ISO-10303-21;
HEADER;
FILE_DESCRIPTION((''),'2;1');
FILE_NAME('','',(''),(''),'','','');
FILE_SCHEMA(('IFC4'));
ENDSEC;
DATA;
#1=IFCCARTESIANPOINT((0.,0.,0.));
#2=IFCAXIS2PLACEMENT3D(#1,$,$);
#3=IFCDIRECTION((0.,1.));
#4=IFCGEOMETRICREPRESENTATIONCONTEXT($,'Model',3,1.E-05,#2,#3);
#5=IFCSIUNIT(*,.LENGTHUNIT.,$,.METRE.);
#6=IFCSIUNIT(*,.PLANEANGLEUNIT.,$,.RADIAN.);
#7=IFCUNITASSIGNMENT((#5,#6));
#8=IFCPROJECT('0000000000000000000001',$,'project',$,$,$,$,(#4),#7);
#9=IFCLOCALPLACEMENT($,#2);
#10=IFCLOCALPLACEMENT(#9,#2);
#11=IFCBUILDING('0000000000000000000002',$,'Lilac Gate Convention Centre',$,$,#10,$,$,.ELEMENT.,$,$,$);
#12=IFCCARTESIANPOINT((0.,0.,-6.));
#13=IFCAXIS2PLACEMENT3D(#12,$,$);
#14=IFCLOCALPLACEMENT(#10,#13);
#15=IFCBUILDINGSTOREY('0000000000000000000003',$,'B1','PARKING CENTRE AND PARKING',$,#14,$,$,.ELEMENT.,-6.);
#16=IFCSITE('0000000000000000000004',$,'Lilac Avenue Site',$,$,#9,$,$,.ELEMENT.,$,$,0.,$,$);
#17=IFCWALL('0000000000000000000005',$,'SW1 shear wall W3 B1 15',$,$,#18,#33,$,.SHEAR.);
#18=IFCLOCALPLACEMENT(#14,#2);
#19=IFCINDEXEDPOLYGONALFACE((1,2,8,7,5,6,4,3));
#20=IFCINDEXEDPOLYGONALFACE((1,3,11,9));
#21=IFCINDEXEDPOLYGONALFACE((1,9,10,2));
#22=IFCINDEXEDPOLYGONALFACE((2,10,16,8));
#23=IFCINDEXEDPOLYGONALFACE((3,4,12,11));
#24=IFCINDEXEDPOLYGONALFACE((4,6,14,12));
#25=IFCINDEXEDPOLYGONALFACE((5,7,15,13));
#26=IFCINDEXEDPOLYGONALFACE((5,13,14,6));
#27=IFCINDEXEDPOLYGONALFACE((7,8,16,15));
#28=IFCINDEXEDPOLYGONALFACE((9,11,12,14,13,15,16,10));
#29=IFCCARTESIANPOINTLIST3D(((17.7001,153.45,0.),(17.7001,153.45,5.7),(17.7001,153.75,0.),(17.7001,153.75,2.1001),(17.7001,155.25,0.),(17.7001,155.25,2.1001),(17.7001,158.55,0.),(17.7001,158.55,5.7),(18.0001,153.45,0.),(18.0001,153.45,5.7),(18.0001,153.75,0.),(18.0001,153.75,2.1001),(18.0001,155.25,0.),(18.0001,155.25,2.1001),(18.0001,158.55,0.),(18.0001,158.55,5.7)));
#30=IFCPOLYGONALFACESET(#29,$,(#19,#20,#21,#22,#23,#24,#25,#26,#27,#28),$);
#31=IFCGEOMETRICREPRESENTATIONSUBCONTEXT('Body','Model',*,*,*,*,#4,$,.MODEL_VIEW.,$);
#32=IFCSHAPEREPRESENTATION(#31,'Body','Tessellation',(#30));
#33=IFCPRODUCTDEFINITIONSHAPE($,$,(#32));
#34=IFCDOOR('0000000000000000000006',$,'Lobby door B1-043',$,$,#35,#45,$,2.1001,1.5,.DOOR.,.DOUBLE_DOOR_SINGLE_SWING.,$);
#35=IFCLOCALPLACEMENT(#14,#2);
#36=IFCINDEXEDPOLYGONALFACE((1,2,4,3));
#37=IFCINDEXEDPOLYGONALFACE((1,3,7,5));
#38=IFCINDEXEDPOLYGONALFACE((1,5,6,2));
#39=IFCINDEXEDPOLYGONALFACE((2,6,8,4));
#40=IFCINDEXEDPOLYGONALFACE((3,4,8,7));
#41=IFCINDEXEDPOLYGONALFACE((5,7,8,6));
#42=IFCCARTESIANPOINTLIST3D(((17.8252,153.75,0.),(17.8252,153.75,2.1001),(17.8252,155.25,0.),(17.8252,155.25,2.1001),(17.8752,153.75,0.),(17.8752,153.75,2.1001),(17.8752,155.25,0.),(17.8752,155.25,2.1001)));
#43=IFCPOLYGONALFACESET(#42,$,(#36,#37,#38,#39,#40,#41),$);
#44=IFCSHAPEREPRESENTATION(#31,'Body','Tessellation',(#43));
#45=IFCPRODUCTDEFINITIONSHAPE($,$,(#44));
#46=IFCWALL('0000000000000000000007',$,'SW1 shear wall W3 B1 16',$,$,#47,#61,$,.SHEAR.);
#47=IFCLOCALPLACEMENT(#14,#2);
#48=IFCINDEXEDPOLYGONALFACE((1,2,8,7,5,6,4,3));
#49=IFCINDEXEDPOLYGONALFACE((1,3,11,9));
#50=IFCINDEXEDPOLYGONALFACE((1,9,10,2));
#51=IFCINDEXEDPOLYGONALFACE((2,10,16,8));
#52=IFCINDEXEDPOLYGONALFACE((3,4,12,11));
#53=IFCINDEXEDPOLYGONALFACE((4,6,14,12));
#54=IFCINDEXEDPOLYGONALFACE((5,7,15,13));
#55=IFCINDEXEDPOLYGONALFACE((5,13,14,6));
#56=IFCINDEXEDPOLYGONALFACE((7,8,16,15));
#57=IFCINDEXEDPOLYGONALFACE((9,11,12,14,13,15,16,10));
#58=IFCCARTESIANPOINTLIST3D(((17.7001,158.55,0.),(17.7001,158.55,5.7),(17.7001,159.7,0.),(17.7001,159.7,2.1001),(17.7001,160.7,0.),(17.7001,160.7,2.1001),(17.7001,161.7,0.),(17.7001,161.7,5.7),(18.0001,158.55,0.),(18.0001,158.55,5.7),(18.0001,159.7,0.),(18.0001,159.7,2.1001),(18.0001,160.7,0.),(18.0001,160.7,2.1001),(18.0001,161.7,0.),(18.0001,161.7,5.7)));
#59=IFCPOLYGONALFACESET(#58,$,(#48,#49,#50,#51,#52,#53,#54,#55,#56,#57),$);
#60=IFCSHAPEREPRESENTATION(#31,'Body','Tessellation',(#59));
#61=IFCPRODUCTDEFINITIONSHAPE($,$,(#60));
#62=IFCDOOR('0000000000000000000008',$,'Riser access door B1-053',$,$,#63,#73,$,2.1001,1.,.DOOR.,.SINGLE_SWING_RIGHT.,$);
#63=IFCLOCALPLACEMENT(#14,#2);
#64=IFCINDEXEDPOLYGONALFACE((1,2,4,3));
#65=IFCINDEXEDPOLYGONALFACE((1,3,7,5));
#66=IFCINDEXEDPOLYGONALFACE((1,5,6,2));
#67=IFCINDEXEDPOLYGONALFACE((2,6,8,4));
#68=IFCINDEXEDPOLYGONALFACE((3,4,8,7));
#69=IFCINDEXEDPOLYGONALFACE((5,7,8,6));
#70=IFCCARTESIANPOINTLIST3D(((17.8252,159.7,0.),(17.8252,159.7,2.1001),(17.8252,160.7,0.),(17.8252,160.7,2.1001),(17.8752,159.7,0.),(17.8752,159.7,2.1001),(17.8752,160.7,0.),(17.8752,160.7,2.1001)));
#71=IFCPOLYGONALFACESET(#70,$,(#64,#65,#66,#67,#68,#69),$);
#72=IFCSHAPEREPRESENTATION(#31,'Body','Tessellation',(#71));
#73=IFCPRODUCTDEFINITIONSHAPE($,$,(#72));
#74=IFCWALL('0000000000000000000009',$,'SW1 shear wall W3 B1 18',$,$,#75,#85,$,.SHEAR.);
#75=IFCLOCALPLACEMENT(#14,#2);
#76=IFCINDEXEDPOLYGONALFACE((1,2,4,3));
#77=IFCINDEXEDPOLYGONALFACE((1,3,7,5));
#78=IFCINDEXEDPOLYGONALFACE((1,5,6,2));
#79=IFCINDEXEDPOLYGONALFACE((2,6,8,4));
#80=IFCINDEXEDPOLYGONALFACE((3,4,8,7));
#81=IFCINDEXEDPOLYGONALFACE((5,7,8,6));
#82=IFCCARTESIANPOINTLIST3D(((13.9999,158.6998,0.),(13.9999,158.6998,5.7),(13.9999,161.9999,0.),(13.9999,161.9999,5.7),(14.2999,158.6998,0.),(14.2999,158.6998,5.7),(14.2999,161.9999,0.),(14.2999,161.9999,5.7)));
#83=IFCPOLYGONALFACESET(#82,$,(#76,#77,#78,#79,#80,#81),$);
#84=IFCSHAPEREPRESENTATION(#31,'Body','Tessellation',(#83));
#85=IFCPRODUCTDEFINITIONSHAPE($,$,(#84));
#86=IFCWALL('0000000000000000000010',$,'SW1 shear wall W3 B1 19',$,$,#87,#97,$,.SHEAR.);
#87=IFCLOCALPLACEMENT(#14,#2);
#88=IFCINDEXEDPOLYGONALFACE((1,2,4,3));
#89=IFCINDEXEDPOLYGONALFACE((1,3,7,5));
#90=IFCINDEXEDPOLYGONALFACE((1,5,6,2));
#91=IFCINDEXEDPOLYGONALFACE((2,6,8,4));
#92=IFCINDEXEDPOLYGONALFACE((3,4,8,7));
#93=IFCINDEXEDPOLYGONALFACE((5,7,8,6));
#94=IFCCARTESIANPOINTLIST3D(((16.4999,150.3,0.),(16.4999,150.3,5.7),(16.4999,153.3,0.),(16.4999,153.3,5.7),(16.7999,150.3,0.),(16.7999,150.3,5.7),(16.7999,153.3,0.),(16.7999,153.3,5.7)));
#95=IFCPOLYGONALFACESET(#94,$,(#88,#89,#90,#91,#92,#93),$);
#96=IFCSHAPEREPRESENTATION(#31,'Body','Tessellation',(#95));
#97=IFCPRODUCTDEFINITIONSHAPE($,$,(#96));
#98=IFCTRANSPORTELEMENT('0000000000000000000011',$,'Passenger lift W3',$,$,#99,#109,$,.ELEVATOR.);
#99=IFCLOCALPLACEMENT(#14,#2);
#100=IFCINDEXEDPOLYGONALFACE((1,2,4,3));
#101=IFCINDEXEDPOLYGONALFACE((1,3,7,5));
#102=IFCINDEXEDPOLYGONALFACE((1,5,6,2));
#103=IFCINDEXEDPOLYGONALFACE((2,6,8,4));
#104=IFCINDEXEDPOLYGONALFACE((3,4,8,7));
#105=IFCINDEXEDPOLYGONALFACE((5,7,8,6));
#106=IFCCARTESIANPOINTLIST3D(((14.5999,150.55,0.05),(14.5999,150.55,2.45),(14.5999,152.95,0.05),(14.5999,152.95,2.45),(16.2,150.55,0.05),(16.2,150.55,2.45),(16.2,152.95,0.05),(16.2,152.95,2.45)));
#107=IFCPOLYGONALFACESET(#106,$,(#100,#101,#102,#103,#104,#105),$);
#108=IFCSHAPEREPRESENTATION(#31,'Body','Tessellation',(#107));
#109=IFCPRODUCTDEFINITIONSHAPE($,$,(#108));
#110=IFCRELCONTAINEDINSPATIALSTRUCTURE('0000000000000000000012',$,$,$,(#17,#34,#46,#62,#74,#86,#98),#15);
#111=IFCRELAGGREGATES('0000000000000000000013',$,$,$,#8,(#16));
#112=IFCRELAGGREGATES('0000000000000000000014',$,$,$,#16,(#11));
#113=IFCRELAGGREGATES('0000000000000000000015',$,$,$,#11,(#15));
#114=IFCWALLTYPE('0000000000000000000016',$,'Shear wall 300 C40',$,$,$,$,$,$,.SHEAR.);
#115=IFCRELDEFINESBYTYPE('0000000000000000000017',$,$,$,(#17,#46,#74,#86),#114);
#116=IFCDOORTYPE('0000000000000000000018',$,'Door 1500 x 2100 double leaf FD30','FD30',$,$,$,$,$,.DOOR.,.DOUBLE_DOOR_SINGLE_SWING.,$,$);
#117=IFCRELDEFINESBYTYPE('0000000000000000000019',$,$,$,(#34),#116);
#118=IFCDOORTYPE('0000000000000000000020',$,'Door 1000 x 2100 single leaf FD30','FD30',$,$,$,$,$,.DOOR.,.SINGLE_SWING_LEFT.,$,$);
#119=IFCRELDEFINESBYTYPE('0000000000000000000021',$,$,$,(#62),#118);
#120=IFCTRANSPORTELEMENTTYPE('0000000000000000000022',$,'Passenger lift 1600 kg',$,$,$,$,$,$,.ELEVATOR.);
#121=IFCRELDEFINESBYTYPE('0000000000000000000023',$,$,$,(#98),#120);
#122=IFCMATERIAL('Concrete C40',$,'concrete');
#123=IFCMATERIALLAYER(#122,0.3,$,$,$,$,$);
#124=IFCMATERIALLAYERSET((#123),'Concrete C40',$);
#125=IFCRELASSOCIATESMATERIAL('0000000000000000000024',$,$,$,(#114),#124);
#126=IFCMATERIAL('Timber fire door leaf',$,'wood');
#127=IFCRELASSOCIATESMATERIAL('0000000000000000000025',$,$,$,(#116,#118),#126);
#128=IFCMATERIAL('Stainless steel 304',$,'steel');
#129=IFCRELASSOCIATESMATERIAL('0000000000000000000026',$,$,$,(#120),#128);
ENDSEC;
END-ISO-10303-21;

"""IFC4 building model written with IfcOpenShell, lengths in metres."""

from ifc_helpers import new_model, si_unit, direction, frame, frame_2d, origin, origin_2d, place, context, subcontext, project, spatial, rectangle, extrude, material, layer, layer_set, type_object, element, fill, save


model = new_model("IFC4")

# Units and contexts
model_context = context("Model", 3, precision=1e-05, world=origin(), true_north=direction((0.0, 1.0)))
body_context = subcontext(model_context, "Body", "Model", "MODEL_VIEW")
ifc_project = project(units=[si_unit("LENGTHUNIT", "METRE"), si_unit("PLANEANGLEUNIT", "RADIAN")], contexts=[model_context])

# Site, building, storey
site_placement = place(None, origin())
site = spatial("IfcSite", under=ifc_project, at=site_placement, Name="Lilac Avenue Site", CompositionType="ELEMENT", RefElevation=0.0)
building_placement = place(site_placement, origin())
building = spatial("IfcBuilding", under=site, at=building_placement, Name="Lilac Gate Convention Centre", CompositionType="ELEMENT")
storey_placement = place(building_placement, frame((0.0, 0.0, -6.0)))
storey = spatial("IfcBuildingStorey", under=building, at=storey_placement, Name="B1", Description="PARKING CENTRE AND PARKING", CompositionType="ELEMENT", Elevation=-6.0)

# Shared definitions
ifc_material_1 = material(Name="Timber fire door leaf", Category="wood")

# Shared definitions
ifc_material_2 = material(Name="Concrete C40", Category="concrete")
ifc_layer_1 = layer(ifc_material_2, 0.3)
ifc_layer_set_1 = layer_set([ifc_layer_1], Name="Concrete C40")
wall_type_1 = type_object("IfcWallType", Name="Shear wall 300 C40", PredefinedType="SHEAR", material=ifc_layer_set_1)

# Shared definitions
ifc_material_3 = material(Name="Stainless steel 304", Category="steel")

# Walls, openings, doors
wall_1_placement = place(storey_placement, frame((17.8501, 153.45, 0.0), z_axis=(0.0, 0.0, 1.0), x_axis=(0.0, 1.0, 0.0)))
wall_1 = element("IfcWall", 1, at=wall_1_placement, inside=storey, type_object=wall_type_1, Name="SW1 shear wall W3 B1 15", PredefinedType="SHEAR", context=body_context, shape_type="SweptSolid", body=[
    extrude(rectangle(XDim=5.1001, YDim=0.3, at=frame_2d((2.55, 0.0))), origin(), (0.0, 0.0, 1.0), 5.7),
])
opening_1_placement = place(wall_1_placement, frame((0.3, 0.0, 0.0)))
opening_1 = element("IfcOpeningElement", 2, at=opening_1_placement, cuts=wall_1, PredefinedType="OPENING", context=body_context, shape_type="SweptSolid", body=[
    extrude(rectangle(XDim=1.5, YDim=2.1001, at=frame_2d((0.75, 1.05))), frame((0.0, 0.1599, 0.0), z_axis=(0.0, -1.0, 0.0), x_axis=(1.0, 0.0, 0.0)), (0.0, 0.0, 1.0), 0.3201),
])
door_type_1 = type_object("IfcDoorType", Name="Door 1500 x 2100 double leaf FD30", Description="FD30", OperationType="DOUBLE_DOOR_SINGLE_SWING", PredefinedType="DOOR", material=ifc_material_1)
door_1_placement = place(opening_1_placement, origin())
door_1 = element("IfcDoor", 3, at=door_1_placement, inside=storey, type_object=door_type_1, Name="Lobby door B1-043", OperationType="DOUBLE_DOOR_SINGLE_SWING", OverallHeight=2.1001, OverallWidth=1.5, PredefinedType="DOOR", context=body_context, shape_type="SweptSolid", body=[
    extrude(rectangle(XDim=1.5, YDim=2.1001, at=frame_2d((0.75, 1.05))), frame((0.0, 0.0249, 0.0), z_axis=(0.0, -1.0, 0.0), x_axis=(1.0, 0.0, 0.0)), (0.0, 0.0, 1.0), 0.05),
])
fill(opening_1, door_1)
wall_2_placement = place(storey_placement, frame((17.8501, 158.55, 0.0), z_axis=(0.0, 0.0, 1.0), x_axis=(0.0, 1.0, 0.0)))
wall_2 = element("IfcWall", 4, at=wall_2_placement, inside=storey, type_object=wall_type_1, Name="SW1 shear wall W3 B1 16", PredefinedType="SHEAR", context=body_context, shape_type="SweptSolid", body=[
    extrude(rectangle(XDim=3.1499, YDim=0.3, at=frame_2d((1.575, 0.0))), origin(), (0.0, 0.0, 1.0), 5.7),
])
opening_2_placement = place(wall_2_placement, frame((1.1499, 0.0, 0.0)))
opening_2 = element("IfcOpeningElement", 5, at=opening_2_placement, cuts=wall_2, PredefinedType="OPENING", context=body_context, shape_type="SweptSolid", body=[
    extrude(rectangle(XDim=1.0, YDim=2.1001, at=frame_2d((0.5, 1.05))), frame((0.0, 0.1599, 0.0), z_axis=(0.0, -1.0, 0.0), x_axis=(1.0, 0.0, 0.0)), (0.0, 0.0, 1.0), 0.3201),
])
door_type_2 = type_object("IfcDoorType", Name="Door 1000 x 2100 single leaf FD30", Description="FD30", OperationType="SINGLE_SWING_LEFT", PredefinedType="DOOR", material=ifc_material_1)
door_2_placement = place(opening_2_placement, origin())
door_2 = element("IfcDoor", 6, at=door_2_placement, inside=storey, type_object=door_type_2, Name="Riser access door B1-053", OperationType="SINGLE_SWING_RIGHT", OverallHeight=2.1001, OverallWidth=1.0, PredefinedType="DOOR", context=body_context, shape_type="SweptSolid", body=[
    extrude(rectangle(XDim=1.0, YDim=2.1001, at=frame_2d((0.5, 1.05))), frame((0.0, 0.0249, 0.0), z_axis=(0.0, -1.0, 0.0), x_axis=(1.0, 0.0, 0.0)), (0.0, 0.0, 1.0), 0.05),
])
fill(opening_2, door_2)

# Walls
wall_3_placement = place(storey_placement, frame((14.1499, 158.7, 0.0), z_axis=(0.0, 0.0, 1.0), x_axis=(0.0, 1.0, 0.0)))
element("IfcWall", 7, at=wall_3_placement, inside=storey, type_object=wall_type_1, Name="SW1 shear wall W3 B1 18", PredefinedType="SHEAR", context=body_context, shape_type="SweptSolid", body=[
    extrude(rectangle(XDim=3.3, YDim=0.3, at=frame_2d((1.6499, 0.0))), origin(), (0.0, 0.0, 1.0), 5.7),
])
wall_4_placement = place(storey_placement, frame((16.6499, 150.3, 0.0), z_axis=(0.0, 0.0, 1.0), x_axis=(0.0, 1.0, 0.0)))
element("IfcWall", 8, at=wall_4_placement, inside=storey, type_object=wall_type_1, Name="SW1 shear wall W3 B1 19", PredefinedType="SHEAR", context=body_context, shape_type="SweptSolid", body=[
    extrude(rectangle(XDim=3.0, YDim=0.3, at=frame_2d((1.5, 0.0))), origin(), (0.0, 0.0, 1.0), 5.7),
])

# Transport element
transport_element_type = type_object("IfcTransportElementType", Name="Passenger lift 1600 kg", PredefinedType="ELEVATOR", material=ifc_material_3)
transport_element_placement = place(storey_placement, frame((15.3999, 151.75, 0.05), z_axis=(0.0, 0.0, 1.0), x_axis=(1.0, 0.0, 0.0)))
element("IfcTransportElement", 9, at=transport_element_placement, inside=storey, type_object=transport_element_type, Name="Passenger lift W3", PredefinedType="ELEVATOR", context=body_context, shape_type="SweptSolid", body=[
    extrude(rectangle(XDim=1.6001, YDim=2.3999, at=origin_2d()), origin(), (0.0, 0.0, 1.0), 2.3999),
])

save(model, "model.ifc")
